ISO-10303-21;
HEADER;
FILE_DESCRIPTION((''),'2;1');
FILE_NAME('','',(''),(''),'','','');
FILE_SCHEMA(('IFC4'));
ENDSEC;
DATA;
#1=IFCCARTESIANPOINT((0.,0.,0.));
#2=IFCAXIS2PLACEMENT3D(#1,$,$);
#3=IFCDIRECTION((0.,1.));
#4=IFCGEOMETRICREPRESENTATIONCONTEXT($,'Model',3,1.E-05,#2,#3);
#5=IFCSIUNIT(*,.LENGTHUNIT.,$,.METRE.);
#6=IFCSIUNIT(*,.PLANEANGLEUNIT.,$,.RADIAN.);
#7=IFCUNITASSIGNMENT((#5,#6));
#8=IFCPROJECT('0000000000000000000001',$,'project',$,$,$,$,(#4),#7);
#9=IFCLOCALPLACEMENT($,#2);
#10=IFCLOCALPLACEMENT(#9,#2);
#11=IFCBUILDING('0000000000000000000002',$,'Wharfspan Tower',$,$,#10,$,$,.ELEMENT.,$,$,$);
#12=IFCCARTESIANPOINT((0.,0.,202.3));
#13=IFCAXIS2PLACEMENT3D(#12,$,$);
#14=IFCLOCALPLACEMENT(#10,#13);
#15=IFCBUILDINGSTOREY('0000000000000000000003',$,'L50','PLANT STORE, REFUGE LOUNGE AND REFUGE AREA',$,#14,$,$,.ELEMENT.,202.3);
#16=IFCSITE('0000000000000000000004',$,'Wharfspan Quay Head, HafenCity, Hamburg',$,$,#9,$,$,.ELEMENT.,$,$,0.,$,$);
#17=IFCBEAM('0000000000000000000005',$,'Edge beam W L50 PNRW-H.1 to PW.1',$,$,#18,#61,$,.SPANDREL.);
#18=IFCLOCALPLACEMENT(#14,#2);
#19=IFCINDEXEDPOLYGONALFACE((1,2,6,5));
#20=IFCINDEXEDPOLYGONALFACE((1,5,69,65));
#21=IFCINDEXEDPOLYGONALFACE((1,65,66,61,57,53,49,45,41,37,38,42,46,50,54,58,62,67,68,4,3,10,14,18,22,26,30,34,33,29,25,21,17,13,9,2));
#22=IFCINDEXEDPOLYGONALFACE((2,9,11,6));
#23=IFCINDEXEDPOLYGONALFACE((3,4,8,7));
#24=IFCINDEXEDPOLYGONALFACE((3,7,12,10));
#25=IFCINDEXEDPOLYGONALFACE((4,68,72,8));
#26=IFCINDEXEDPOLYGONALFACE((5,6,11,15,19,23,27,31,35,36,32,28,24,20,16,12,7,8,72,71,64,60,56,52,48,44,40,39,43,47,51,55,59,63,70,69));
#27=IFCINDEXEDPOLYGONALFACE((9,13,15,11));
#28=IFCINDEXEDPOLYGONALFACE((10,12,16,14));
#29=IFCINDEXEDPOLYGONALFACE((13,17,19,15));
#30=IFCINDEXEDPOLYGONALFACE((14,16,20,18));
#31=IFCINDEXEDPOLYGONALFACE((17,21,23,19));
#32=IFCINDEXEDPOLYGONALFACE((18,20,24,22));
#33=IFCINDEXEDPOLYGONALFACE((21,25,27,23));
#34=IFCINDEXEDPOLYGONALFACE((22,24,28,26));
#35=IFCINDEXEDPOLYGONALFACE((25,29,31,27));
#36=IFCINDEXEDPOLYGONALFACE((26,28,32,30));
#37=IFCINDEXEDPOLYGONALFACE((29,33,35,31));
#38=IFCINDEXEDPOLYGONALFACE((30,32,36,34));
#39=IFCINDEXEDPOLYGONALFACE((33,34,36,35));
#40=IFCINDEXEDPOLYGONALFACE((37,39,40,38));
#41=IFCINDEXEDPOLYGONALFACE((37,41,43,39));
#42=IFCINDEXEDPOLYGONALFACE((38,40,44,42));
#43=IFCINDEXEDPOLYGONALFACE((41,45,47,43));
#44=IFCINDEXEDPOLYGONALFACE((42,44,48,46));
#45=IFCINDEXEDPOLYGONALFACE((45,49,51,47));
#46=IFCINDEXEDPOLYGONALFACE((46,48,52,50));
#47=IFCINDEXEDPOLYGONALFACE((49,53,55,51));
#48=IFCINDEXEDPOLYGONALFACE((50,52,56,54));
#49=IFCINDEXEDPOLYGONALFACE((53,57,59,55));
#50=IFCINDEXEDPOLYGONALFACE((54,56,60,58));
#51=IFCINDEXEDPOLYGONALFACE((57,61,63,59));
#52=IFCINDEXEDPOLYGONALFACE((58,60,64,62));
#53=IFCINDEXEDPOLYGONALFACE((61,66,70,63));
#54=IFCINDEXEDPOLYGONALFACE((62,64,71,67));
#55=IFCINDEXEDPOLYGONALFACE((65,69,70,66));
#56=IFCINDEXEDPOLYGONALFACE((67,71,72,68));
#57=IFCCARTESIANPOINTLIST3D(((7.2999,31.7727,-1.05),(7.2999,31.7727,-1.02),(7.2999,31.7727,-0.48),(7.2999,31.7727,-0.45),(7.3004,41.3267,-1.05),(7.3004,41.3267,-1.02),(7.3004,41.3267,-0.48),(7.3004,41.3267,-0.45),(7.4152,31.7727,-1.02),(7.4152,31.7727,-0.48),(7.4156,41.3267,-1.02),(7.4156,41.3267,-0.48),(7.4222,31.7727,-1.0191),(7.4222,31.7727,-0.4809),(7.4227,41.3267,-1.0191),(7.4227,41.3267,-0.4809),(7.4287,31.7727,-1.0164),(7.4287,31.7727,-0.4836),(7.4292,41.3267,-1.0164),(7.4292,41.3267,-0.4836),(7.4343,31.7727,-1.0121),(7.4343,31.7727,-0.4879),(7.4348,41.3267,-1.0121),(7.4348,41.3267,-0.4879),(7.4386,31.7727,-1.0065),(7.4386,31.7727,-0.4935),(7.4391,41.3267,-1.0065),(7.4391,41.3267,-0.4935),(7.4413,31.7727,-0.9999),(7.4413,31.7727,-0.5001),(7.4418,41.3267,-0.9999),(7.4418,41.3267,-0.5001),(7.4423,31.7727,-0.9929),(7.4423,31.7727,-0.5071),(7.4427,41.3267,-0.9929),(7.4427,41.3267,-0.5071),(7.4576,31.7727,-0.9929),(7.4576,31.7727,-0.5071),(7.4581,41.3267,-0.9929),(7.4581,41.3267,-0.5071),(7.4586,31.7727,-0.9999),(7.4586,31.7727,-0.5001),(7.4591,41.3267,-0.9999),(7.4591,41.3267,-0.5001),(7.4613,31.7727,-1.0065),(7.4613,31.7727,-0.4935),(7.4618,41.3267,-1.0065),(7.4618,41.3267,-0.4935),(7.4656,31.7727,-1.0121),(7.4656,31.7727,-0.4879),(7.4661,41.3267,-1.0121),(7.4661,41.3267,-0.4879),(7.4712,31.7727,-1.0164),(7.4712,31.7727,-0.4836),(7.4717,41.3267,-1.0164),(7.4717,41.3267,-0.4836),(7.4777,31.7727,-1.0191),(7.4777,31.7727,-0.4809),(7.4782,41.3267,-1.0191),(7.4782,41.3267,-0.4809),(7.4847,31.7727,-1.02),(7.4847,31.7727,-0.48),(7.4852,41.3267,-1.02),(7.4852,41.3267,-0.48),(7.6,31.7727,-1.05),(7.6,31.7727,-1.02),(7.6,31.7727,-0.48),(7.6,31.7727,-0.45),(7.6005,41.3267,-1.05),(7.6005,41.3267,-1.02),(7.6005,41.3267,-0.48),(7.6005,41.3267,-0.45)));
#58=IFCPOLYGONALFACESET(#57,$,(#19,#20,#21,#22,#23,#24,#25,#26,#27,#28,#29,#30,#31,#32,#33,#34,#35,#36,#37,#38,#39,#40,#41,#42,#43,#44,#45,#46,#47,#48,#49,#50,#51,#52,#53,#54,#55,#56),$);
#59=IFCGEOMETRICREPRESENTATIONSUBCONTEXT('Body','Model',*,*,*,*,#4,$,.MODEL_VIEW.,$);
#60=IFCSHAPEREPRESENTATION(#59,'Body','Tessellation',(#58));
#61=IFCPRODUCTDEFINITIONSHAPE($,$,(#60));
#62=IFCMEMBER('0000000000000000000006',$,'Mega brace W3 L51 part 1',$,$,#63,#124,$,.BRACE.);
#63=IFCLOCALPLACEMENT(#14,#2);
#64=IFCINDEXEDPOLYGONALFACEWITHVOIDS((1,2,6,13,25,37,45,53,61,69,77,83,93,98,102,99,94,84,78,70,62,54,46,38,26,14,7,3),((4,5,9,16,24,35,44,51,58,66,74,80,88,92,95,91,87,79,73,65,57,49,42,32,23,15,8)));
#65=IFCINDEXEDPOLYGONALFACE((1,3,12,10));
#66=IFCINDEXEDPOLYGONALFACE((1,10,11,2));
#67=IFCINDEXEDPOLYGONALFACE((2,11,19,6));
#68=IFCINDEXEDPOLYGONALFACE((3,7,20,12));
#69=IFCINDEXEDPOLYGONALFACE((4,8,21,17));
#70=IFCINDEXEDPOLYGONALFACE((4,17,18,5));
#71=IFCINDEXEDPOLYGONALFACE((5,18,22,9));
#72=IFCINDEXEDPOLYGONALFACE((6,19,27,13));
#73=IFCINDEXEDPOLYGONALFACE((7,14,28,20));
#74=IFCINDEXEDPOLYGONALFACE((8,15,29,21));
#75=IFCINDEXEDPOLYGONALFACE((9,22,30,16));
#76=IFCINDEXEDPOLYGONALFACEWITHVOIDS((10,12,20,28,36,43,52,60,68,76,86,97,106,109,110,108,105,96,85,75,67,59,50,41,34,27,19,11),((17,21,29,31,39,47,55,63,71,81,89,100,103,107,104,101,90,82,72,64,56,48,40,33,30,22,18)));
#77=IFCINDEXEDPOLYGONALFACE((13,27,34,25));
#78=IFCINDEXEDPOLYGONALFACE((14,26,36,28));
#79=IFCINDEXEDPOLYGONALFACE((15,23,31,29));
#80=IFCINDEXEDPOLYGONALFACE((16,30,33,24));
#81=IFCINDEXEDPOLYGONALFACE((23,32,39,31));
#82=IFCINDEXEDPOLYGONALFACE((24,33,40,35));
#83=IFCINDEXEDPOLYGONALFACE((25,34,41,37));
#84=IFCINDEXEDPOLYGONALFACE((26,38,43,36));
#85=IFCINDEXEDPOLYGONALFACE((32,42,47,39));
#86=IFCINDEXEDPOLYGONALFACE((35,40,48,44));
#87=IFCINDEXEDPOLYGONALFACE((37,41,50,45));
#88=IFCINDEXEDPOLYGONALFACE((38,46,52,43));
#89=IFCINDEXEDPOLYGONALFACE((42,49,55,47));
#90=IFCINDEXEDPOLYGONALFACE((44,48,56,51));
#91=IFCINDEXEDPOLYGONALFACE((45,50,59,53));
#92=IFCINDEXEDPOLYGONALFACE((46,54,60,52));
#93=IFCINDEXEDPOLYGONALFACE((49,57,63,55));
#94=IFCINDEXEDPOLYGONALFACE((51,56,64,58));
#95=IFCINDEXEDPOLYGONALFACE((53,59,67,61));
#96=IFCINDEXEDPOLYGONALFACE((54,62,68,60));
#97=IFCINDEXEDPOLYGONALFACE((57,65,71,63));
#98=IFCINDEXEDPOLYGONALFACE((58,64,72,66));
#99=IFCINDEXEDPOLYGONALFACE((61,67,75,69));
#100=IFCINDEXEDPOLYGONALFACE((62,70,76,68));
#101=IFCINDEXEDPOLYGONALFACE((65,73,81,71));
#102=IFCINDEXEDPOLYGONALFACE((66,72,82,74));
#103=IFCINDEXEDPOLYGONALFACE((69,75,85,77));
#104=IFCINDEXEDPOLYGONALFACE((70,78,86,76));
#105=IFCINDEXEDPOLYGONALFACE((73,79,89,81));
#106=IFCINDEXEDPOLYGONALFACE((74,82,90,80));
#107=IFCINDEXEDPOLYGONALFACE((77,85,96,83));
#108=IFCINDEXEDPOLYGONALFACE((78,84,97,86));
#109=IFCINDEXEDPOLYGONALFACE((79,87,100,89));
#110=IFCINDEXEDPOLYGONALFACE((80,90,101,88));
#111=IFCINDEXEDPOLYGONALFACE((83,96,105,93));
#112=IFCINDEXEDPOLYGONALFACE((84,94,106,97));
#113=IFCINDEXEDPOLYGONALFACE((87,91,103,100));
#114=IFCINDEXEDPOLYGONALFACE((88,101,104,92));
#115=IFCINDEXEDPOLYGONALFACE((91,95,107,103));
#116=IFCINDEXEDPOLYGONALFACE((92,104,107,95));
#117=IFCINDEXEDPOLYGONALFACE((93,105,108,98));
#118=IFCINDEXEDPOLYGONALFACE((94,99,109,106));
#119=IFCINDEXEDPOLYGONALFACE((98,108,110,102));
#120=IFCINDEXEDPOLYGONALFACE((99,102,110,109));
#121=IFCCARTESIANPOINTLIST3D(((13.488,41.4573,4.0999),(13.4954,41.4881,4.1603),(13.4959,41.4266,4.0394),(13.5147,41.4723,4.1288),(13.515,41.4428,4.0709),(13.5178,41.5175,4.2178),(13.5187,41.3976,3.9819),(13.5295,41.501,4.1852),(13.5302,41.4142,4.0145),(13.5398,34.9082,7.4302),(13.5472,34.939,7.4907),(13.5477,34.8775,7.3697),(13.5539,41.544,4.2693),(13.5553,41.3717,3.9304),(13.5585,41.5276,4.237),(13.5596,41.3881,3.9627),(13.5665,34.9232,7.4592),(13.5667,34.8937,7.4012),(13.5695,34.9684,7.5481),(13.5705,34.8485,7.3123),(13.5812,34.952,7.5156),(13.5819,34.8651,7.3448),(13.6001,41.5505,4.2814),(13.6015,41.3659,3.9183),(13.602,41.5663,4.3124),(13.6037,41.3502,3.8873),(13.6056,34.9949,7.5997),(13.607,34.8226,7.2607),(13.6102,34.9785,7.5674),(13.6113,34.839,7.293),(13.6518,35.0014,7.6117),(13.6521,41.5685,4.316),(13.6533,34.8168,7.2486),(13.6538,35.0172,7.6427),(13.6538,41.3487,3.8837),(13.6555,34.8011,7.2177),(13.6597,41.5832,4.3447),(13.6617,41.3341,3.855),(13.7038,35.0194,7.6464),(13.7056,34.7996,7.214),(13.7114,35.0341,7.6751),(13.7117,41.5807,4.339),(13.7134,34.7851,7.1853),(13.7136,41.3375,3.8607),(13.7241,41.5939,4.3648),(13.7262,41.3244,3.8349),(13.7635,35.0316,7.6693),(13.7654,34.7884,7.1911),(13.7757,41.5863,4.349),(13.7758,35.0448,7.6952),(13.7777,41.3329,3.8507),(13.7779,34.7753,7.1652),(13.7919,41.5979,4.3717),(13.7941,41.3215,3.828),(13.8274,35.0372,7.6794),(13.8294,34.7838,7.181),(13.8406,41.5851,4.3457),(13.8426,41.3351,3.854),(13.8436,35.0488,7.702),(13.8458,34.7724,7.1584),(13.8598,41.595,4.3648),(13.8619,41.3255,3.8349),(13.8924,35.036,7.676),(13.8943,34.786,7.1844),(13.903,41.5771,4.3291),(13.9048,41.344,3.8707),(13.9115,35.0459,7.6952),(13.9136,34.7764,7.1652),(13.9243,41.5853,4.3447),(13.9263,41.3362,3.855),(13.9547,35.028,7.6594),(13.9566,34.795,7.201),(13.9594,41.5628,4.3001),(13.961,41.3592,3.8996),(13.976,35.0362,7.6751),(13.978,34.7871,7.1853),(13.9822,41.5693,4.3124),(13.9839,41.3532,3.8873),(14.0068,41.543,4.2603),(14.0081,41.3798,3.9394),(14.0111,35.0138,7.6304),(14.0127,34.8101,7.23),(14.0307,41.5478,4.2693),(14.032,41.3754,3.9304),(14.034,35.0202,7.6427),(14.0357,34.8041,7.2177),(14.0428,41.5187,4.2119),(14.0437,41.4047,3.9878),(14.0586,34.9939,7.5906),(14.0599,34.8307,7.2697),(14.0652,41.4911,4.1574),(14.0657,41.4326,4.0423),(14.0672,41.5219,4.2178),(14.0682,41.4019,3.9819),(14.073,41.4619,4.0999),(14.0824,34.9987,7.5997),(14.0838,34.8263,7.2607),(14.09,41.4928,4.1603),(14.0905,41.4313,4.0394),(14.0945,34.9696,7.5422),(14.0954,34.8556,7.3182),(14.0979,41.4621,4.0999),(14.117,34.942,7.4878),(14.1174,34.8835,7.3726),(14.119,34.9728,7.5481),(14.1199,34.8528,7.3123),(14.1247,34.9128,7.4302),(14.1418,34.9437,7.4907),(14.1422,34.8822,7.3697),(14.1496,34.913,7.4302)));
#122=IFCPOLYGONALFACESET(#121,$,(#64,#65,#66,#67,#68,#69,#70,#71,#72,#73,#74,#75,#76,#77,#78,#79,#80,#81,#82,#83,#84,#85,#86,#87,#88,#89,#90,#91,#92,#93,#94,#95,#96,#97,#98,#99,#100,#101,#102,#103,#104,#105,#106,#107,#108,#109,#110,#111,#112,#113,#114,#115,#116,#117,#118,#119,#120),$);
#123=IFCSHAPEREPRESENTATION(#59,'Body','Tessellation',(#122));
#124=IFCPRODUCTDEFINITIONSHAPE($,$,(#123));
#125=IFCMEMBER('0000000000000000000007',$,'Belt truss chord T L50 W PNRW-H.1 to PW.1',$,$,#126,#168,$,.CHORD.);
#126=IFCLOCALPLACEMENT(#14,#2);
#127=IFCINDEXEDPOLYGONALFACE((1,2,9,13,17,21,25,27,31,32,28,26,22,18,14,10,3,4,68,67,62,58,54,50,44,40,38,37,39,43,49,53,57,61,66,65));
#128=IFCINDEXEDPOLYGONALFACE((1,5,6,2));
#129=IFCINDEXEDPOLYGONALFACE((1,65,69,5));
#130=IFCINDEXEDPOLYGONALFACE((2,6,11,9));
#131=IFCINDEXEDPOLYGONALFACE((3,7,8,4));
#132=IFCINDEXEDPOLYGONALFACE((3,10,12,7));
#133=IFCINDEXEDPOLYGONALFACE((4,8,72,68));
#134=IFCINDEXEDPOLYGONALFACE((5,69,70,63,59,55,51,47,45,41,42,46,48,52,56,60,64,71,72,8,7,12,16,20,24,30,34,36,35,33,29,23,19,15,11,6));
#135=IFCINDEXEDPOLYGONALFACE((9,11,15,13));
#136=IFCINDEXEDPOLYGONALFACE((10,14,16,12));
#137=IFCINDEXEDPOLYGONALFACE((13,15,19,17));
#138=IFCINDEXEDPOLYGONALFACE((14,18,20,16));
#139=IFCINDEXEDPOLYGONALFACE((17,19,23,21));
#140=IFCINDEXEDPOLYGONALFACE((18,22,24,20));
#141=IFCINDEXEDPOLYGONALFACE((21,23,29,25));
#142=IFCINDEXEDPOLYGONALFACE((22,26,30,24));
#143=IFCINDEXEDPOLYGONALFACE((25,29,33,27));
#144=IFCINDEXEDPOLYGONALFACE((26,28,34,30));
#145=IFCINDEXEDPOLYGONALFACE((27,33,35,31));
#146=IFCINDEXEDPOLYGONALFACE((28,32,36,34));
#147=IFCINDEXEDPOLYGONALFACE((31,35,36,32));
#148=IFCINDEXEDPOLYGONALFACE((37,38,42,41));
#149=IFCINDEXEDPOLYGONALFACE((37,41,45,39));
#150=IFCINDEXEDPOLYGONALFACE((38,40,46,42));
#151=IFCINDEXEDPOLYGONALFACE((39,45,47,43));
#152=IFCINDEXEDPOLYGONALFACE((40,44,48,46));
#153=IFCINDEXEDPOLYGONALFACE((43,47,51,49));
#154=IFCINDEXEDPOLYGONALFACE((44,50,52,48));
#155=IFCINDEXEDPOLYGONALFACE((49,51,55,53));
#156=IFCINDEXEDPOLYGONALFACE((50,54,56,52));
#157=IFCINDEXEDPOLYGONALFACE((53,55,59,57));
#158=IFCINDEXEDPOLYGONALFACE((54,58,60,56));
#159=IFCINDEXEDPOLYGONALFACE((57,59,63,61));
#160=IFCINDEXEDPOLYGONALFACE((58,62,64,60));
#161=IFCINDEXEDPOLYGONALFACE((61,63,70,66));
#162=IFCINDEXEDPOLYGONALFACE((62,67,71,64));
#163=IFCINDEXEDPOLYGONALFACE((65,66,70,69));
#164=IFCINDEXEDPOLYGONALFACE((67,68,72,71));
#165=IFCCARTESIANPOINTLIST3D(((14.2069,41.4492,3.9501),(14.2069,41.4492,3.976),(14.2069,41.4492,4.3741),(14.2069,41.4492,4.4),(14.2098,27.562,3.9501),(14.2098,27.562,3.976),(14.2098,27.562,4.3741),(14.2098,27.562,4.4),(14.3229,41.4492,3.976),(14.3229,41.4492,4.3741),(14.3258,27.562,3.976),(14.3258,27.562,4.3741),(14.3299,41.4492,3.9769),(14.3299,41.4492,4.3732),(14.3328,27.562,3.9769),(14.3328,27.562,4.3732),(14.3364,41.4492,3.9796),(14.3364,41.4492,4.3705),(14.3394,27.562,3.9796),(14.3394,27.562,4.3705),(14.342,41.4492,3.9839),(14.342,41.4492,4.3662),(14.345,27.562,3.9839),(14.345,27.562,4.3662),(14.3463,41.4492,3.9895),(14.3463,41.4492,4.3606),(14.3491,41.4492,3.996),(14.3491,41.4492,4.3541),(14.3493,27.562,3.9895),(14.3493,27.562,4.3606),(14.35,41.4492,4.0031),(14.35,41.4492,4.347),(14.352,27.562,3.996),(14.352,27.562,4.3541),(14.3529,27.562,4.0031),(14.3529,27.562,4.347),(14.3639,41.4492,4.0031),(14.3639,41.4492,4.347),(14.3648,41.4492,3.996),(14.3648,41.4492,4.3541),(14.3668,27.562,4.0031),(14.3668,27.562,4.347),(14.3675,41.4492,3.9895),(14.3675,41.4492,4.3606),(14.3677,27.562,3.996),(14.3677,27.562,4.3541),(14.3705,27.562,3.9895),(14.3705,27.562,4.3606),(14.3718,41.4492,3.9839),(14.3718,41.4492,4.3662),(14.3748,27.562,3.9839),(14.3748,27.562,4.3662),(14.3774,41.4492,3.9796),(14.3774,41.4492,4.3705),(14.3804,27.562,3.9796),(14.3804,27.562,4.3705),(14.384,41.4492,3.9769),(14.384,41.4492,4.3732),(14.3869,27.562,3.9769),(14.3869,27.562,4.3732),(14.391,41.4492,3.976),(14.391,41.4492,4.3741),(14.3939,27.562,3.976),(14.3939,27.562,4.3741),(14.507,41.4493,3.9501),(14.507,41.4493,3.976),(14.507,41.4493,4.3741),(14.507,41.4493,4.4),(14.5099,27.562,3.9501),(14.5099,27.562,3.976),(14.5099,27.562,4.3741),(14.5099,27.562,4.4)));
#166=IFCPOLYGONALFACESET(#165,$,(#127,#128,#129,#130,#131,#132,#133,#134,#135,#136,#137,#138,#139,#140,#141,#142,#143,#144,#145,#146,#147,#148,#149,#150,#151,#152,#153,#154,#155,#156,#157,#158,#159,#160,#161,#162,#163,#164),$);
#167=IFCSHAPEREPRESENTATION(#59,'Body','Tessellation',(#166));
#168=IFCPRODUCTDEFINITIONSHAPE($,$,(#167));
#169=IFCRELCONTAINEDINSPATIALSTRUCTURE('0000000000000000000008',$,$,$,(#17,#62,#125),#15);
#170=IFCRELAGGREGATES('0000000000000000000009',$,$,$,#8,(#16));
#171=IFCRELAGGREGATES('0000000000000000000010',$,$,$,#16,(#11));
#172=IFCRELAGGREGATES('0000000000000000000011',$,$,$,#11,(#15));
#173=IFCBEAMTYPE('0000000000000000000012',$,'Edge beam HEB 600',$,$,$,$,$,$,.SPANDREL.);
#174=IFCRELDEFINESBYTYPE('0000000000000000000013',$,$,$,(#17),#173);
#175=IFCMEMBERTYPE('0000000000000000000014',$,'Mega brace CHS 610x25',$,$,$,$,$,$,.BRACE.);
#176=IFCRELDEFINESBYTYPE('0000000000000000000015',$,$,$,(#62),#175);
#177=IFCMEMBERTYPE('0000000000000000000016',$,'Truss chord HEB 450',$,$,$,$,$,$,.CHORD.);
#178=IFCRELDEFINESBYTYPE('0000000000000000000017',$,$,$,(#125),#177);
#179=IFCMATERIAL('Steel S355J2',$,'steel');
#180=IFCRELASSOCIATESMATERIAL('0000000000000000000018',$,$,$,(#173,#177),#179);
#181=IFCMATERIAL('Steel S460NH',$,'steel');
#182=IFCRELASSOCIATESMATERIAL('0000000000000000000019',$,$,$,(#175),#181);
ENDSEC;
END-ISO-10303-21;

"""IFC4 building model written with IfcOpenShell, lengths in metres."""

from ifc_helpers import new_model, si_unit, direction, frame, origin, origin_2d, place, context, subcontext, project, spatial, hollow_circle, i_section, extrude, material, material_profile, profile_set, type_object, element, save


model = new_model("IFC4")

# Units and contexts
model_context = context("Model", 3, precision=1e-05, world=origin(), true_north=direction((0.0, 1.0)))
body_context = subcontext(model_context, "Body", "Model", "MODEL_VIEW")
ifc_project = project(units=[si_unit("LENGTHUNIT", "METRE"), si_unit("PLANEANGLEUNIT", "RADIAN")], contexts=[model_context])

# Site, building, storey
site_placement = place(None, origin())
site = spatial("IfcSite", under=ifc_project, at=site_placement, Name="Wharfspan Quay Head, HafenCity, Hamburg", CompositionType="ELEMENT", RefElevation=0.0)
building_placement = place(site_placement, origin())
building = spatial("IfcBuilding", under=site, at=building_placement, Name="Wharfspan Tower", CompositionType="ELEMENT")
storey_placement = place(building_placement, frame((0.0, 0.0, 202.3)))
storey = spatial("IfcBuildingStorey", under=building, at=storey_placement, Name="L50", Description="PLANT STORE, REFUGE LOUNGE AND REFUGE AREA", CompositionType="ELEMENT", Elevation=202.3)

# Shared definitions
ifc_material_1 = material(Name="Steel S355J2", Category="steel")

# Beam
ifc_material_profile_1 = material_profile(ifc_material_1, i_section(OverallWidth=0.3, OverallDepth=0.6001, WebThickness=0.0154, FlangeThickness=0.03, FilletRadius=0.0271, at=origin_2d()))
ifc_profile_set_1 = profile_set([ifc_material_profile_1], Name="Steel S355J2")
beam_type = type_object("IfcBeamType", Name="Edge beam HEB 600", PredefinedType="SPANDREL", material=ifc_profile_set_1)
beam_placement = place(storey_placement, frame((7.4504, 41.3267, -0.75), z_axis=(-0.000051, -1.0, 0.0), x_axis=(1.0, -0.000051, 0.0)))
element("IfcBeam", 1, at=beam_placement, inside=storey, type_object=beam_type, Name="Edge beam W L50 PNRW-H.1 to PW.1", PredefinedType="SPANDREL", context=body_context, shape_type="SweptSolid", body=[
    extrude(i_section(OverallWidth=0.3, OverallDepth=0.6001, WebThickness=0.0154, FlangeThickness=0.03, FilletRadius=0.0271, at=origin_2d()), origin(), (0.0, 0.0, 1.0), 9.554),
])

# Members
ifc_material_2 = material(Name="Steel S460NH", Category="steel")
ifc_material_profile_2 = material_profile(ifc_material_2, hollow_circle(Radius=0.3049, WallThickness=0.0249, at=origin_2d()))
ifc_profile_set_2 = profile_set([ifc_material_profile_2], Name="Steel S460NH")
member_type_1 = type_object("IfcMemberType", Name="Mega brace CHS 610x25", PredefinedType="BRACE", material=ifc_profile_set_2)
member_1_placement = place(storey_placement, frame((13.793, 41.4597, 4.0999), z_axis=(0.007044, -0.891347, 0.453266), x_axis=(0.999973, 0.007904, 0.000003)))
element("IfcMember", 2, at=member_1_placement, inside=storey, type_object=member_type_1, Name="Mega brace W3 L51 part 1", PredefinedType="BRACE", context=body_context, shape_type="SweptSolid", body=[
    extrude(hollow_circle(Radius=0.3049, WallThickness=0.0249, at=origin_2d()), origin(), (0.0, 0.0, 1.0), 7.3474),
])
ifc_material_profile_3 = material_profile(ifc_material_1, i_section(OverallWidth=0.3, OverallDepth=0.45, WebThickness=0.0139, FlangeThickness=0.0259, FilletRadius=0.0271, at=origin_2d()))
ifc_profile_set_3 = profile_set([ifc_material_profile_3], Name="Steel S355J2")
member_type_2 = type_object("IfcMemberType", Name="Truss chord HEB 450", PredefinedType="CHORD", material=ifc_profile_set_3)
for number, where, z_axis, x_axis, name in (
    (3, (14.3569, 41.4492, 4.175), (0.000211, -1.0, 0.0), (1.0, 0.000211, 0.0), "Belt truss chord T L50 W PNRW-H.1 to PW.1"),
):
    element("IfcMember", number, at=place(storey_placement, frame(where, z_axis=z_axis, x_axis=x_axis)), inside=storey, type_object=member_type_2, Name=name, PredefinedType="CHORD", context=body_context, shape_type="SweptSolid", body=[
        extrude(i_section(OverallWidth=0.3, OverallDepth=0.45, WebThickness=0.0139, FlangeThickness=0.0259, FilletRadius=0.0271, at=origin_2d()), origin(), (0.0, 0.0, 1.0), 13.8872),
    ])

save(model, "model.ifc")
